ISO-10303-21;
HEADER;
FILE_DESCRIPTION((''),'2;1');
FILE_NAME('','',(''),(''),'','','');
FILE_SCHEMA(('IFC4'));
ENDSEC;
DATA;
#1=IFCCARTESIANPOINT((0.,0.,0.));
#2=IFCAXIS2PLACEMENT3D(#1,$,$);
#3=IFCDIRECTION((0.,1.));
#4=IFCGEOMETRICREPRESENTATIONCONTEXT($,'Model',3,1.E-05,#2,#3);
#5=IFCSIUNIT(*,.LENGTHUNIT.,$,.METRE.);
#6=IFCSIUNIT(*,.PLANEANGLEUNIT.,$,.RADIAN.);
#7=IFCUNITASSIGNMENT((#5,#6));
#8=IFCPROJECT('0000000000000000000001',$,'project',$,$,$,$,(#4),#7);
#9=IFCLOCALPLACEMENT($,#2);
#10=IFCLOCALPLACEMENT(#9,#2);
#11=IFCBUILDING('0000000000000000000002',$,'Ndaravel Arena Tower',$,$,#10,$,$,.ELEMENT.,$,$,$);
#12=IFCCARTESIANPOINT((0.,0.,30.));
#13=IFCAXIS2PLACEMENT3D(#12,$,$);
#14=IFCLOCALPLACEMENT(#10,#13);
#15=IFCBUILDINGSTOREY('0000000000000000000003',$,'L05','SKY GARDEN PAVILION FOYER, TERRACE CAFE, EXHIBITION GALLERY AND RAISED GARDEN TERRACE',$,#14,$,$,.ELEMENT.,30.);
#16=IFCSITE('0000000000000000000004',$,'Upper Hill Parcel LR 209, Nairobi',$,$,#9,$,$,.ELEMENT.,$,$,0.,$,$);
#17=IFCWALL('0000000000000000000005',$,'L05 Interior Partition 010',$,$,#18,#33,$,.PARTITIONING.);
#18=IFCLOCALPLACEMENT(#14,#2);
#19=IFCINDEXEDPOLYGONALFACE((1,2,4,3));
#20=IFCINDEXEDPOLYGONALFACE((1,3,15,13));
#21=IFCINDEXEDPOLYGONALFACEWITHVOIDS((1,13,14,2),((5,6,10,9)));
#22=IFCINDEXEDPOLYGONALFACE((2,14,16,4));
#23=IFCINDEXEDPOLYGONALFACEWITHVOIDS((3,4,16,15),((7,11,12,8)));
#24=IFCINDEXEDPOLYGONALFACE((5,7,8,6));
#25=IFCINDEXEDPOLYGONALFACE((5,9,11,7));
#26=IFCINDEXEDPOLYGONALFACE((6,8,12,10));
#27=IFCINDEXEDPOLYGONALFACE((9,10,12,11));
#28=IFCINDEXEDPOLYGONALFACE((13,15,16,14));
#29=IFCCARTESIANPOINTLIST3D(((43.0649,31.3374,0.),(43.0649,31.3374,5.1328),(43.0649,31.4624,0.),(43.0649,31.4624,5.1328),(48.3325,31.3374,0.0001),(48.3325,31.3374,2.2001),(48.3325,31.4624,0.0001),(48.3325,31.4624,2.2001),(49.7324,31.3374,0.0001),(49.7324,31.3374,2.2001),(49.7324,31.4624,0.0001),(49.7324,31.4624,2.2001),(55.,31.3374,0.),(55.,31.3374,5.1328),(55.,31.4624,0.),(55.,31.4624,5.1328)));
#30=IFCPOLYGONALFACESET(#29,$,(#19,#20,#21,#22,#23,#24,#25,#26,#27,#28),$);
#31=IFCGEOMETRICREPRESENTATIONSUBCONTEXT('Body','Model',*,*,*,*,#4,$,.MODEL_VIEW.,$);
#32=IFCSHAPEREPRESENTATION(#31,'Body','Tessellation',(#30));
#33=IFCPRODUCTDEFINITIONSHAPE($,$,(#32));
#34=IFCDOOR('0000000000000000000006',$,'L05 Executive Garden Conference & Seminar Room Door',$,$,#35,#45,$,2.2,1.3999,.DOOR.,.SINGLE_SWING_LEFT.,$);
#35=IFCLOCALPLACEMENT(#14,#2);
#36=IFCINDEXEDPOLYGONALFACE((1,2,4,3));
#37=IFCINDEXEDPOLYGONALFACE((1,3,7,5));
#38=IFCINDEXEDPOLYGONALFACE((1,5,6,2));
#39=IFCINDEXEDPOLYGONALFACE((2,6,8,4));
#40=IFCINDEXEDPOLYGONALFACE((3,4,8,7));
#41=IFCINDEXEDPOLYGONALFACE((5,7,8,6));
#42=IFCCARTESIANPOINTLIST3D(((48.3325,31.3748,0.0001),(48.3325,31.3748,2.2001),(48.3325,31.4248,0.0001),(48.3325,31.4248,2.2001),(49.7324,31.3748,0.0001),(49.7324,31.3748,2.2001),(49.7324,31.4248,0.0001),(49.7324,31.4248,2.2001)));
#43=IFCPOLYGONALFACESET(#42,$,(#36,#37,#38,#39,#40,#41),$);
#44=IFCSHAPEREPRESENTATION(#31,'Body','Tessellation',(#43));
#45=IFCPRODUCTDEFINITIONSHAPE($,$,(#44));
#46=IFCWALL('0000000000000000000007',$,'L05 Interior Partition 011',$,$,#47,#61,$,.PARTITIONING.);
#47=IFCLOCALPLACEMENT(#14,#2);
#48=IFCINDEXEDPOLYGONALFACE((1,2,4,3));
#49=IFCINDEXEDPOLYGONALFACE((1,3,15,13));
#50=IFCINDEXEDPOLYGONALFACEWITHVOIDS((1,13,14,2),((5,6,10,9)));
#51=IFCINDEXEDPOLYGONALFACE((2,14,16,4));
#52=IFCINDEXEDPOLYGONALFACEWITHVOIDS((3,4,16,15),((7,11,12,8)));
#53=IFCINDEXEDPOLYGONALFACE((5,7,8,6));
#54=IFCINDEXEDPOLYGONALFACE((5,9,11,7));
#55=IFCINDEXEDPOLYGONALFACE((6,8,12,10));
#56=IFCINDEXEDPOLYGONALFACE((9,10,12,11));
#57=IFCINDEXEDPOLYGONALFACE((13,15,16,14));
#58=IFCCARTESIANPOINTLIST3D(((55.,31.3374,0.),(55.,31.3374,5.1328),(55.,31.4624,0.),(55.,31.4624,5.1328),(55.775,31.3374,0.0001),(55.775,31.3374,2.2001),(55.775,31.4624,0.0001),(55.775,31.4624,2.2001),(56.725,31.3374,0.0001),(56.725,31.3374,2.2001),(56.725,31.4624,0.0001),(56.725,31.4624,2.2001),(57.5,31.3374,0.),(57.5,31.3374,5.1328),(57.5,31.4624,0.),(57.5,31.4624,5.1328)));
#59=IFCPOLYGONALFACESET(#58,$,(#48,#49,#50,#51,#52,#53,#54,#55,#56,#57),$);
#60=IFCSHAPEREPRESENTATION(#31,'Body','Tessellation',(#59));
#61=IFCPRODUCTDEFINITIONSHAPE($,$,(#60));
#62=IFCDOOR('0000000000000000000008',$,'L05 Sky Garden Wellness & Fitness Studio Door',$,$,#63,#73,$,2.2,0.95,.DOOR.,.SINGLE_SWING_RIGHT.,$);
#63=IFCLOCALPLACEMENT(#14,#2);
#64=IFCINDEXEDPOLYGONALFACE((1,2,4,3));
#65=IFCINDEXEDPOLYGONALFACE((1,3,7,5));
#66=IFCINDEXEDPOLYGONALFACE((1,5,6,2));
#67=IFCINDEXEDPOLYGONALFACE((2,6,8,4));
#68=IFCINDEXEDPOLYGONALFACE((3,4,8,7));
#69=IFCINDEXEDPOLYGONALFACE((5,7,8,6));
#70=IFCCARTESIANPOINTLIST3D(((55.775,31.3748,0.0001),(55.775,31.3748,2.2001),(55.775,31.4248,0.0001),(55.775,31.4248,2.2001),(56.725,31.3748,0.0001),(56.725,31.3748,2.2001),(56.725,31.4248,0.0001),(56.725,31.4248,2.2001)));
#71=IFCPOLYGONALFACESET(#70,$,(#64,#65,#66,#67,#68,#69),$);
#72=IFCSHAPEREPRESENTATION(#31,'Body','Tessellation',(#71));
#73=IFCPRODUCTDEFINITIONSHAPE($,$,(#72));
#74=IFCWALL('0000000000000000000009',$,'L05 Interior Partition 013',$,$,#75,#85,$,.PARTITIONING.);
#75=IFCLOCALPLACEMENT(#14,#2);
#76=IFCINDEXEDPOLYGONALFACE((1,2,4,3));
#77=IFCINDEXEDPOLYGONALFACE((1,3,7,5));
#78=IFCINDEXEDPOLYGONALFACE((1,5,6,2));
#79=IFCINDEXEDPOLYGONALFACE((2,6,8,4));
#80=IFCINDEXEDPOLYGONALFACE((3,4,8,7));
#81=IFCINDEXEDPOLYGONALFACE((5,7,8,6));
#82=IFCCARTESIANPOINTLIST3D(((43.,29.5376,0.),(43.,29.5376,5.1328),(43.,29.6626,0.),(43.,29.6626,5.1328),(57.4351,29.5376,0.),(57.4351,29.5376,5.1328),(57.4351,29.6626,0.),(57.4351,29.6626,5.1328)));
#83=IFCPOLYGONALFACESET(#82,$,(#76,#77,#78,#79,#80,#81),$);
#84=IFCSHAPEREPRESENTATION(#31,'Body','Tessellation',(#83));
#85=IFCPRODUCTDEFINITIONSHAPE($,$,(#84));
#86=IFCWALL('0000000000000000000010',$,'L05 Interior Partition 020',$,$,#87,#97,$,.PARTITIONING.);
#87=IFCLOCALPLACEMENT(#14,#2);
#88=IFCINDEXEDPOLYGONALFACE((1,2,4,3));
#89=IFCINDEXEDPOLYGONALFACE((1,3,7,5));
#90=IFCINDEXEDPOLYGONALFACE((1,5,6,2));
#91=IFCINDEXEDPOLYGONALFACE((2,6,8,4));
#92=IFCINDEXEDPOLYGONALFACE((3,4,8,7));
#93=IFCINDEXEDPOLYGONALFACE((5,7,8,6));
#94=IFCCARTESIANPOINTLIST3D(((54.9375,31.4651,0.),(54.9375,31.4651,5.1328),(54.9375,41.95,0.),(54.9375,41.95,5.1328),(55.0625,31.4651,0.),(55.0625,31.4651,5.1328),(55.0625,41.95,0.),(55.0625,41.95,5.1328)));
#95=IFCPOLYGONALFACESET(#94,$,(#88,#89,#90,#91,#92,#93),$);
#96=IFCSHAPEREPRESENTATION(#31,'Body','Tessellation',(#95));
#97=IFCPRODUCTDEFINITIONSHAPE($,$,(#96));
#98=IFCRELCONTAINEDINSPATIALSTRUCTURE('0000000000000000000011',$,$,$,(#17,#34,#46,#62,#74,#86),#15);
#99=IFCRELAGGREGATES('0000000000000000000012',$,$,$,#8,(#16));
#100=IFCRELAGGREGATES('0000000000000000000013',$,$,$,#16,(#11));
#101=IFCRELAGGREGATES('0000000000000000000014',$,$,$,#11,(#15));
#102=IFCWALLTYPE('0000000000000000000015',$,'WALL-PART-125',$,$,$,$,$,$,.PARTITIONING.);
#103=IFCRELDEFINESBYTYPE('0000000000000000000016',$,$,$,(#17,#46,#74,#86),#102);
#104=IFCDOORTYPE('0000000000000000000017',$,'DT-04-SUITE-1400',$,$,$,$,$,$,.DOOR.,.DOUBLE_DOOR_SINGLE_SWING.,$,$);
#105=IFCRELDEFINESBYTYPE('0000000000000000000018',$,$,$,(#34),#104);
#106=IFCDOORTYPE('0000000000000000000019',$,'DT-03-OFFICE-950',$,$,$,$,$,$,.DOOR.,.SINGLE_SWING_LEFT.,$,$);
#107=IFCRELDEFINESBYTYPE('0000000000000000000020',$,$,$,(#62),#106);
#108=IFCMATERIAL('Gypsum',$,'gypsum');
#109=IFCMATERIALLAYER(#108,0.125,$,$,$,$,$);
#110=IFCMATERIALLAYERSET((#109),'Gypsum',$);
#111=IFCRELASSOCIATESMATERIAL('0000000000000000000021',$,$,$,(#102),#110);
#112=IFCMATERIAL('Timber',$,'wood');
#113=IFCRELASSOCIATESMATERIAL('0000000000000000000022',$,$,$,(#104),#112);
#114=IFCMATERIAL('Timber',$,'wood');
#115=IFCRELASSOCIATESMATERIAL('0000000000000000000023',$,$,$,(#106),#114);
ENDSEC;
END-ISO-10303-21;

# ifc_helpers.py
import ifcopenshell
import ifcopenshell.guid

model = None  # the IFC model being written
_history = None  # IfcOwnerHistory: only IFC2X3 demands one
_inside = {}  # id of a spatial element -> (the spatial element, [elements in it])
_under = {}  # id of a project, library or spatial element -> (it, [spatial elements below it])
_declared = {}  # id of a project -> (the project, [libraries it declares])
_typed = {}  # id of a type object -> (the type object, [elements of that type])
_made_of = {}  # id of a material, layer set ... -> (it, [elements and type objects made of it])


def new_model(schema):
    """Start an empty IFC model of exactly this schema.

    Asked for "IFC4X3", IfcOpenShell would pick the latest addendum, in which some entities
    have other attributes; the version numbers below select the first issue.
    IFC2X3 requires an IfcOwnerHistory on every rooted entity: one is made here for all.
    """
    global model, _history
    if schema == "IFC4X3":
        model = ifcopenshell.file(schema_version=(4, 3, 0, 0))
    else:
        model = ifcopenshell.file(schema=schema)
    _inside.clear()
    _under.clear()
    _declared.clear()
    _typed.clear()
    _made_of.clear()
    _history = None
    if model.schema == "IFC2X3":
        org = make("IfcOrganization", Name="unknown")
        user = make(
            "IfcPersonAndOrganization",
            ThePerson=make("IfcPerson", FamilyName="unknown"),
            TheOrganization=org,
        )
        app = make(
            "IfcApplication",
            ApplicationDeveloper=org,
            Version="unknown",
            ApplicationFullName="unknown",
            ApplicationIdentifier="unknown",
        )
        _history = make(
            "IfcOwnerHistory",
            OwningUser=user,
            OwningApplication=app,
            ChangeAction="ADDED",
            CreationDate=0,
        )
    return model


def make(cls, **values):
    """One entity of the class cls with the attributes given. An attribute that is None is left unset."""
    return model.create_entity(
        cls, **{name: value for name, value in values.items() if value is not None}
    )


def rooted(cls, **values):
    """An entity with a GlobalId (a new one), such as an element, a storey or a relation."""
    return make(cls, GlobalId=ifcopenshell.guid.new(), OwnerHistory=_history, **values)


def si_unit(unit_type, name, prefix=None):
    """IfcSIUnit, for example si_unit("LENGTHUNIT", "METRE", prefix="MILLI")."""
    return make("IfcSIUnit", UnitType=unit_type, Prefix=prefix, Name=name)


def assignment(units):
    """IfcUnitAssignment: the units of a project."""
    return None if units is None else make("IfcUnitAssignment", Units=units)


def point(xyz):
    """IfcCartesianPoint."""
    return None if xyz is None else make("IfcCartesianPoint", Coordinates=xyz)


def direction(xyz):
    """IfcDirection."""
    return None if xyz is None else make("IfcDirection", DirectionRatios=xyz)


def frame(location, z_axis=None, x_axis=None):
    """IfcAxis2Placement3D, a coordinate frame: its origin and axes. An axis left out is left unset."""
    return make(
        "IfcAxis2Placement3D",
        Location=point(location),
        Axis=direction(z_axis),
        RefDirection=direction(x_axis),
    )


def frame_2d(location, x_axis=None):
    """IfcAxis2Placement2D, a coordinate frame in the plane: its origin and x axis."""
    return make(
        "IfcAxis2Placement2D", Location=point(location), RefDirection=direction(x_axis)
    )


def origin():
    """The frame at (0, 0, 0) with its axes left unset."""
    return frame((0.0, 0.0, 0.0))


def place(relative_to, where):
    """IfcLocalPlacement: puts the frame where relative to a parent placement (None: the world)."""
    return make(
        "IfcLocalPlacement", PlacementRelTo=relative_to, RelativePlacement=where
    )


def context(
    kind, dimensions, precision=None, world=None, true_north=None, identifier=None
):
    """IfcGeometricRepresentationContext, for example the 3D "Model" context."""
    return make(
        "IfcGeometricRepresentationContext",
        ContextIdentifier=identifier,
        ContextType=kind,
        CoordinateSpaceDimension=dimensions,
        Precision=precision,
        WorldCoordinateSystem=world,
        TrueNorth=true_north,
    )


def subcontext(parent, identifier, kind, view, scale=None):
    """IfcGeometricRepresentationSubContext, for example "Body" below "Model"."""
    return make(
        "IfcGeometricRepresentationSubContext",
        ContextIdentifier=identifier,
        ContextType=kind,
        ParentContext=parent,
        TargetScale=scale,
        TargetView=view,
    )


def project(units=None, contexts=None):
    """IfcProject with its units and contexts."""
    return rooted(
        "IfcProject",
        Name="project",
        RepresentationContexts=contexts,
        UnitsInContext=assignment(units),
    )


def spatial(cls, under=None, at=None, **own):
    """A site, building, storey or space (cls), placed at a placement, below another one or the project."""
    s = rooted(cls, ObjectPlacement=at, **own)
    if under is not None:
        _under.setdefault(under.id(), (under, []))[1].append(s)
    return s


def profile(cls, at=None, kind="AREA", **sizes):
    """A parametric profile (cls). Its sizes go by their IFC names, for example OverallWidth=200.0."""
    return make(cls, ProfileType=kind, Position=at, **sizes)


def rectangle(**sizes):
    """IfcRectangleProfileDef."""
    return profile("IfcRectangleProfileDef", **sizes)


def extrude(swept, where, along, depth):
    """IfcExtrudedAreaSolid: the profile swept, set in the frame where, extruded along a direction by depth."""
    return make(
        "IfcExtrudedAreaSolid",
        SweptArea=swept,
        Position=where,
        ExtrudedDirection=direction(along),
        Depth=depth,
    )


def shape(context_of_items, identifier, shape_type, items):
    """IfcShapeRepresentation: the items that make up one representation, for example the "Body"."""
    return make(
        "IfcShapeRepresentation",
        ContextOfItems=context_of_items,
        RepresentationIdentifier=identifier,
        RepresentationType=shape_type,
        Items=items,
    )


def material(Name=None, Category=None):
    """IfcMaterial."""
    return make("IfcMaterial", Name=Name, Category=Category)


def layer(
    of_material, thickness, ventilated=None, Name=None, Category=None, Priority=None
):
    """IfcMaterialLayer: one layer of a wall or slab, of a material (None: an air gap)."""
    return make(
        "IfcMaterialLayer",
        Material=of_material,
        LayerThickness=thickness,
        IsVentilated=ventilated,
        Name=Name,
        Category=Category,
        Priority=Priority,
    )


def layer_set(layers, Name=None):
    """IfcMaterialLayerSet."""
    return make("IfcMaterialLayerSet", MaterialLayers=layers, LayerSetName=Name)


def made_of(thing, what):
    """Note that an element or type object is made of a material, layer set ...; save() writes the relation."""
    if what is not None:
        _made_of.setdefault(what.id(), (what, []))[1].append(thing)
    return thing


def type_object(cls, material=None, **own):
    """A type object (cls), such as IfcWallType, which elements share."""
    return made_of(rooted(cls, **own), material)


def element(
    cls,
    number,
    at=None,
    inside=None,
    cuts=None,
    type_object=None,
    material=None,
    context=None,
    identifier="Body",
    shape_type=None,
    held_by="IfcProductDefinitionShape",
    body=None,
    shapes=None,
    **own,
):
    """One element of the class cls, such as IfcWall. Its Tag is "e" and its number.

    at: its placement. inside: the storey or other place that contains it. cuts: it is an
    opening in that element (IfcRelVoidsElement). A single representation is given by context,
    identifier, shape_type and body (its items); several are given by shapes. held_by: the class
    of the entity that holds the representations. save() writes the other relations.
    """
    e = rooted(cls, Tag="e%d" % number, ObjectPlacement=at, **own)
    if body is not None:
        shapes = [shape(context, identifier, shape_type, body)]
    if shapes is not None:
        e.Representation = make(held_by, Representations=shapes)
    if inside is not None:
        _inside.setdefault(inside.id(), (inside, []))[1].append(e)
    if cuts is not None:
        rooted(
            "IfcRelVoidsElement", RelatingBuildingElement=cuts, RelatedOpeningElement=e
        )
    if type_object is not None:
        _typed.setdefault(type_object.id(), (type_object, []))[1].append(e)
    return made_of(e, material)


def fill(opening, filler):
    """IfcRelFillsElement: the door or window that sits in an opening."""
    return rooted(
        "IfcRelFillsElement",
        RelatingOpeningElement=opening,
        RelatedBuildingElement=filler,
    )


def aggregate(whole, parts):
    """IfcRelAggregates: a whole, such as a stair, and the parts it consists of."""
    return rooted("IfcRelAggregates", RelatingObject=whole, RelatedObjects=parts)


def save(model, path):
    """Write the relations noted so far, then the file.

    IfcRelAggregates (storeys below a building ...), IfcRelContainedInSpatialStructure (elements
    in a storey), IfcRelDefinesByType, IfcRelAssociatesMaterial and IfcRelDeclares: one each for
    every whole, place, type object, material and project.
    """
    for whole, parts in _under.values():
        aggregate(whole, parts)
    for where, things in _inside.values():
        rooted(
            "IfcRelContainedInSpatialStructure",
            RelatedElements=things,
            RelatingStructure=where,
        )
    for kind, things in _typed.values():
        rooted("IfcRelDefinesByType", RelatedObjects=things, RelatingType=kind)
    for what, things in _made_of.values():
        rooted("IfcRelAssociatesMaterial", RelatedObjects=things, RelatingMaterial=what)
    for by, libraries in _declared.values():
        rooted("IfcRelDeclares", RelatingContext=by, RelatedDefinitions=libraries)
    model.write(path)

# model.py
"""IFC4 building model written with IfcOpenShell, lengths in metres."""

from ifc_helpers import new_model, si_unit, direction, frame, frame_2d, origin, place, context, subcontext, project, spatial, rectangle, extrude, material, layer, layer_set, type_object, element, fill, save


model = new_model("IFC4")

# Units and contexts
model_context = context("Model", 3, precision=1e-05, world=origin(), true_north=direction((0.0, 1.0)))
body_context = subcontext(model_context, "Body", "Model", "MODEL_VIEW")
ifc_project = project(units=[si_unit("LENGTHUNIT", "METRE"), si_unit("PLANEANGLEUNIT", "RADIAN")], contexts=[model_context])

# Site, building, storey
site_placement = place(None, origin())
site = spatial("IfcSite", under=ifc_project, at=site_placement, Name="Upper Hill Parcel LR 209, Nairobi", CompositionType="ELEMENT", RefElevation=0.0)
building_placement = place(site_placement, origin())
building = spatial("IfcBuilding", under=site, at=building_placement, Name="Ndaravel Arena Tower", CompositionType="ELEMENT")
storey_placement = place(building_placement, frame((0.0, 0.0, 30.0)))
storey = spatial("IfcBuildingStorey", under=building, at=storey_placement, Name="L05", Description="SKY GARDEN PAVILION FOYER, TERRACE CAFE, EXHIBITION GALLERY AND RAISED GARDEN TERRACE", CompositionType="ELEMENT", Elevation=30.0)

# Shared definitions
ifc_material_1 = material(Name="Gypsum", Category="gypsum")
ifc_layer_1 = layer(ifc_material_1, 0.125)
ifc_layer_set_1 = layer_set([ifc_layer_1], Name="Gypsum")
wall_type = type_object("IfcWallType", Name="WALL-PART-125", PredefinedType="PARTITIONING", material=ifc_layer_set_1)
ifc_material_2 = material(Name="Timber", Category="wood")
door_type_1 = type_object("IfcDoorType", Name="DT-04-SUITE-1400", OperationType="DOUBLE_DOOR_SINGLE_SWING", PredefinedType="DOOR", material=ifc_material_2)

# Walls, openings, doors
wall_1_placement = place(storey_placement, frame((43.0649, 31.3999, 0.0), z_axis=(0.0, 0.0, 1.0), x_axis=(1.0, 0.0, 0.0)))
wall_1 = element("IfcWall", 1, at=wall_1_placement, inside=storey, type_object=wall_type, Name="L05 Interior Partition 010", PredefinedType="PARTITIONING", context=body_context, shape_type="SweptSolid", body=[
    extrude(rectangle(XDim=11.9351, YDim=0.125, at=frame_2d((5.9675, 0.0))), origin(), (0.0, 0.0, 1.0), 5.1328),
])
opening_1_placement = place(wall_1_placement, frame((5.2676, 0.0, 0.0)))
opening_1 = element("IfcOpeningElement", 2, at=opening_1_placement, cuts=wall_1, PredefinedType="OPENING", context=body_context, shape_type="SweptSolid", body=[
    extrude(rectangle(XDim=1.3999, YDim=2.2, at=frame_2d((0.7, 1.1001))), frame((0.0, 0.0625, 0.0), z_axis=(0.0, -1.0, 0.0), x_axis=(1.0, 0.0, 0.0)), (0.0, 0.0, 1.0), 0.125),
])
door_1_placement = place(opening_1_placement, origin())
door_1 = element("IfcDoor", 3, at=door_1_placement, inside=storey, type_object=door_type_1, Name="L05 Executive Garden Conference & Seminar Room Door", OperationType="SINGLE_SWING_LEFT", OverallHeight=2.2, OverallWidth=1.3999, PredefinedType="DOOR", context=body_context, shape_type="SweptSolid", body=[
    extrude(rectangle(XDim=1.3999, YDim=2.2, at=frame_2d((0.7, 1.1001))), frame((0.0, 0.0249, 0.0), z_axis=(0.0, -1.0, 0.0), x_axis=(1.0, 0.0, 0.0)), (0.0, 0.0, 1.0), 0.05),
])
fill(opening_1, door_1)
wall_2_placement = place(storey_placement, frame((55.0, 31.3999, 0.0), z_axis=(0.0, 0.0, 1.0), x_axis=(1.0, 0.0, 0.0)))
wall_2 = element("IfcWall", 4, at=wall_2_placement, inside=storey, type_object=wall_type, Name="L05 Interior Partition 011", PredefinedType="PARTITIONING", context=body_context, shape_type="SweptSolid", body=[
    extrude(rectangle(XDim=2.5, YDim=0.125, at=frame_2d((1.25, 0.0))), origin(), (0.0, 0.0, 1.0), 5.1328),
])
opening_2_placement = place(wall_2_placement, frame((0.7749, 0.0, 0.0)))
opening_2 = element("IfcOpeningElement", 5, at=opening_2_placement, cuts=wall_2, PredefinedType="OPENING", context=body_context, shape_type="SweptSolid", body=[
    extrude(rectangle(XDim=0.95, YDim=2.2, at=frame_2d((0.4751, 1.1001))), frame((0.0, 0.0625, 0.0), z_axis=(0.0, -1.0, 0.0), x_axis=(1.0, 0.0, 0.0)), (0.0, 0.0, 1.0), 0.125),
])
ifc_material_3 = material(Name="Timber", Category="wood")
door_type_2 = type_object("IfcDoorType", Name="DT-03-OFFICE-950", OperationType="SINGLE_SWING_LEFT", PredefinedType="DOOR", material=ifc_material_3)
door_2_placement = place(opening_2_placement, origin())
door_2 = element("IfcDoor", 6, at=door_2_placement, inside=storey, type_object=door_type_2, Name="L05 Sky Garden Wellness & Fitness Studio Door", OperationType="SINGLE_SWING_RIGHT", OverallHeight=2.2, OverallWidth=0.95, PredefinedType="DOOR", context=body_context, shape_type="SweptSolid", body=[
    extrude(rectangle(XDim=0.95, YDim=2.2, at=frame_2d((0.4751, 1.1001))), frame((0.0, 0.0249, 0.0), z_axis=(0.0, -1.0, 0.0), x_axis=(1.0, 0.0, 0.0)), (0.0, 0.0, 1.0), 0.05),
])
fill(opening_2, door_2)

# Walls
wall_3_placement = place(storey_placement, frame((57.4351, 29.6001, 0.0), z_axis=(0.0, 0.0, 1.0), x_axis=(-1.0, 0.0, 0.0)))
element("IfcWall", 7, at=wall_3_placement, inside=storey, type_object=wall_type, Name="L05 Interior Partition 013", PredefinedType="PARTITIONING", context=body_context, shape_type="SweptSolid", body=[
    extrude(rectangle(XDim=14.4351, YDim=0.125, at=frame_2d((7.2175, 0.0))), origin(), (0.0, 0.0, 1.0), 5.1328),
])
wall_4_placement = place(storey_placement, frame((55.0, 41.95, 0.0), z_axis=(0.0, 0.0, 1.0), x_axis=(0.0, -1.0, 0.0)))
element("IfcWall", 8, at=wall_4_placement, inside=storey, type_object=wall_type, Name="L05 Interior Partition 020", PredefinedType="PARTITIONING", context=body_context, shape_type="SweptSolid", body=[
    extrude(rectangle(XDim=10.4849, YDim=0.125, at=frame_2d((5.2424, 0.0))), origin(), (0.0, 0.0, 1.0), 5.1328),
])

save(model, "model.ifc")
